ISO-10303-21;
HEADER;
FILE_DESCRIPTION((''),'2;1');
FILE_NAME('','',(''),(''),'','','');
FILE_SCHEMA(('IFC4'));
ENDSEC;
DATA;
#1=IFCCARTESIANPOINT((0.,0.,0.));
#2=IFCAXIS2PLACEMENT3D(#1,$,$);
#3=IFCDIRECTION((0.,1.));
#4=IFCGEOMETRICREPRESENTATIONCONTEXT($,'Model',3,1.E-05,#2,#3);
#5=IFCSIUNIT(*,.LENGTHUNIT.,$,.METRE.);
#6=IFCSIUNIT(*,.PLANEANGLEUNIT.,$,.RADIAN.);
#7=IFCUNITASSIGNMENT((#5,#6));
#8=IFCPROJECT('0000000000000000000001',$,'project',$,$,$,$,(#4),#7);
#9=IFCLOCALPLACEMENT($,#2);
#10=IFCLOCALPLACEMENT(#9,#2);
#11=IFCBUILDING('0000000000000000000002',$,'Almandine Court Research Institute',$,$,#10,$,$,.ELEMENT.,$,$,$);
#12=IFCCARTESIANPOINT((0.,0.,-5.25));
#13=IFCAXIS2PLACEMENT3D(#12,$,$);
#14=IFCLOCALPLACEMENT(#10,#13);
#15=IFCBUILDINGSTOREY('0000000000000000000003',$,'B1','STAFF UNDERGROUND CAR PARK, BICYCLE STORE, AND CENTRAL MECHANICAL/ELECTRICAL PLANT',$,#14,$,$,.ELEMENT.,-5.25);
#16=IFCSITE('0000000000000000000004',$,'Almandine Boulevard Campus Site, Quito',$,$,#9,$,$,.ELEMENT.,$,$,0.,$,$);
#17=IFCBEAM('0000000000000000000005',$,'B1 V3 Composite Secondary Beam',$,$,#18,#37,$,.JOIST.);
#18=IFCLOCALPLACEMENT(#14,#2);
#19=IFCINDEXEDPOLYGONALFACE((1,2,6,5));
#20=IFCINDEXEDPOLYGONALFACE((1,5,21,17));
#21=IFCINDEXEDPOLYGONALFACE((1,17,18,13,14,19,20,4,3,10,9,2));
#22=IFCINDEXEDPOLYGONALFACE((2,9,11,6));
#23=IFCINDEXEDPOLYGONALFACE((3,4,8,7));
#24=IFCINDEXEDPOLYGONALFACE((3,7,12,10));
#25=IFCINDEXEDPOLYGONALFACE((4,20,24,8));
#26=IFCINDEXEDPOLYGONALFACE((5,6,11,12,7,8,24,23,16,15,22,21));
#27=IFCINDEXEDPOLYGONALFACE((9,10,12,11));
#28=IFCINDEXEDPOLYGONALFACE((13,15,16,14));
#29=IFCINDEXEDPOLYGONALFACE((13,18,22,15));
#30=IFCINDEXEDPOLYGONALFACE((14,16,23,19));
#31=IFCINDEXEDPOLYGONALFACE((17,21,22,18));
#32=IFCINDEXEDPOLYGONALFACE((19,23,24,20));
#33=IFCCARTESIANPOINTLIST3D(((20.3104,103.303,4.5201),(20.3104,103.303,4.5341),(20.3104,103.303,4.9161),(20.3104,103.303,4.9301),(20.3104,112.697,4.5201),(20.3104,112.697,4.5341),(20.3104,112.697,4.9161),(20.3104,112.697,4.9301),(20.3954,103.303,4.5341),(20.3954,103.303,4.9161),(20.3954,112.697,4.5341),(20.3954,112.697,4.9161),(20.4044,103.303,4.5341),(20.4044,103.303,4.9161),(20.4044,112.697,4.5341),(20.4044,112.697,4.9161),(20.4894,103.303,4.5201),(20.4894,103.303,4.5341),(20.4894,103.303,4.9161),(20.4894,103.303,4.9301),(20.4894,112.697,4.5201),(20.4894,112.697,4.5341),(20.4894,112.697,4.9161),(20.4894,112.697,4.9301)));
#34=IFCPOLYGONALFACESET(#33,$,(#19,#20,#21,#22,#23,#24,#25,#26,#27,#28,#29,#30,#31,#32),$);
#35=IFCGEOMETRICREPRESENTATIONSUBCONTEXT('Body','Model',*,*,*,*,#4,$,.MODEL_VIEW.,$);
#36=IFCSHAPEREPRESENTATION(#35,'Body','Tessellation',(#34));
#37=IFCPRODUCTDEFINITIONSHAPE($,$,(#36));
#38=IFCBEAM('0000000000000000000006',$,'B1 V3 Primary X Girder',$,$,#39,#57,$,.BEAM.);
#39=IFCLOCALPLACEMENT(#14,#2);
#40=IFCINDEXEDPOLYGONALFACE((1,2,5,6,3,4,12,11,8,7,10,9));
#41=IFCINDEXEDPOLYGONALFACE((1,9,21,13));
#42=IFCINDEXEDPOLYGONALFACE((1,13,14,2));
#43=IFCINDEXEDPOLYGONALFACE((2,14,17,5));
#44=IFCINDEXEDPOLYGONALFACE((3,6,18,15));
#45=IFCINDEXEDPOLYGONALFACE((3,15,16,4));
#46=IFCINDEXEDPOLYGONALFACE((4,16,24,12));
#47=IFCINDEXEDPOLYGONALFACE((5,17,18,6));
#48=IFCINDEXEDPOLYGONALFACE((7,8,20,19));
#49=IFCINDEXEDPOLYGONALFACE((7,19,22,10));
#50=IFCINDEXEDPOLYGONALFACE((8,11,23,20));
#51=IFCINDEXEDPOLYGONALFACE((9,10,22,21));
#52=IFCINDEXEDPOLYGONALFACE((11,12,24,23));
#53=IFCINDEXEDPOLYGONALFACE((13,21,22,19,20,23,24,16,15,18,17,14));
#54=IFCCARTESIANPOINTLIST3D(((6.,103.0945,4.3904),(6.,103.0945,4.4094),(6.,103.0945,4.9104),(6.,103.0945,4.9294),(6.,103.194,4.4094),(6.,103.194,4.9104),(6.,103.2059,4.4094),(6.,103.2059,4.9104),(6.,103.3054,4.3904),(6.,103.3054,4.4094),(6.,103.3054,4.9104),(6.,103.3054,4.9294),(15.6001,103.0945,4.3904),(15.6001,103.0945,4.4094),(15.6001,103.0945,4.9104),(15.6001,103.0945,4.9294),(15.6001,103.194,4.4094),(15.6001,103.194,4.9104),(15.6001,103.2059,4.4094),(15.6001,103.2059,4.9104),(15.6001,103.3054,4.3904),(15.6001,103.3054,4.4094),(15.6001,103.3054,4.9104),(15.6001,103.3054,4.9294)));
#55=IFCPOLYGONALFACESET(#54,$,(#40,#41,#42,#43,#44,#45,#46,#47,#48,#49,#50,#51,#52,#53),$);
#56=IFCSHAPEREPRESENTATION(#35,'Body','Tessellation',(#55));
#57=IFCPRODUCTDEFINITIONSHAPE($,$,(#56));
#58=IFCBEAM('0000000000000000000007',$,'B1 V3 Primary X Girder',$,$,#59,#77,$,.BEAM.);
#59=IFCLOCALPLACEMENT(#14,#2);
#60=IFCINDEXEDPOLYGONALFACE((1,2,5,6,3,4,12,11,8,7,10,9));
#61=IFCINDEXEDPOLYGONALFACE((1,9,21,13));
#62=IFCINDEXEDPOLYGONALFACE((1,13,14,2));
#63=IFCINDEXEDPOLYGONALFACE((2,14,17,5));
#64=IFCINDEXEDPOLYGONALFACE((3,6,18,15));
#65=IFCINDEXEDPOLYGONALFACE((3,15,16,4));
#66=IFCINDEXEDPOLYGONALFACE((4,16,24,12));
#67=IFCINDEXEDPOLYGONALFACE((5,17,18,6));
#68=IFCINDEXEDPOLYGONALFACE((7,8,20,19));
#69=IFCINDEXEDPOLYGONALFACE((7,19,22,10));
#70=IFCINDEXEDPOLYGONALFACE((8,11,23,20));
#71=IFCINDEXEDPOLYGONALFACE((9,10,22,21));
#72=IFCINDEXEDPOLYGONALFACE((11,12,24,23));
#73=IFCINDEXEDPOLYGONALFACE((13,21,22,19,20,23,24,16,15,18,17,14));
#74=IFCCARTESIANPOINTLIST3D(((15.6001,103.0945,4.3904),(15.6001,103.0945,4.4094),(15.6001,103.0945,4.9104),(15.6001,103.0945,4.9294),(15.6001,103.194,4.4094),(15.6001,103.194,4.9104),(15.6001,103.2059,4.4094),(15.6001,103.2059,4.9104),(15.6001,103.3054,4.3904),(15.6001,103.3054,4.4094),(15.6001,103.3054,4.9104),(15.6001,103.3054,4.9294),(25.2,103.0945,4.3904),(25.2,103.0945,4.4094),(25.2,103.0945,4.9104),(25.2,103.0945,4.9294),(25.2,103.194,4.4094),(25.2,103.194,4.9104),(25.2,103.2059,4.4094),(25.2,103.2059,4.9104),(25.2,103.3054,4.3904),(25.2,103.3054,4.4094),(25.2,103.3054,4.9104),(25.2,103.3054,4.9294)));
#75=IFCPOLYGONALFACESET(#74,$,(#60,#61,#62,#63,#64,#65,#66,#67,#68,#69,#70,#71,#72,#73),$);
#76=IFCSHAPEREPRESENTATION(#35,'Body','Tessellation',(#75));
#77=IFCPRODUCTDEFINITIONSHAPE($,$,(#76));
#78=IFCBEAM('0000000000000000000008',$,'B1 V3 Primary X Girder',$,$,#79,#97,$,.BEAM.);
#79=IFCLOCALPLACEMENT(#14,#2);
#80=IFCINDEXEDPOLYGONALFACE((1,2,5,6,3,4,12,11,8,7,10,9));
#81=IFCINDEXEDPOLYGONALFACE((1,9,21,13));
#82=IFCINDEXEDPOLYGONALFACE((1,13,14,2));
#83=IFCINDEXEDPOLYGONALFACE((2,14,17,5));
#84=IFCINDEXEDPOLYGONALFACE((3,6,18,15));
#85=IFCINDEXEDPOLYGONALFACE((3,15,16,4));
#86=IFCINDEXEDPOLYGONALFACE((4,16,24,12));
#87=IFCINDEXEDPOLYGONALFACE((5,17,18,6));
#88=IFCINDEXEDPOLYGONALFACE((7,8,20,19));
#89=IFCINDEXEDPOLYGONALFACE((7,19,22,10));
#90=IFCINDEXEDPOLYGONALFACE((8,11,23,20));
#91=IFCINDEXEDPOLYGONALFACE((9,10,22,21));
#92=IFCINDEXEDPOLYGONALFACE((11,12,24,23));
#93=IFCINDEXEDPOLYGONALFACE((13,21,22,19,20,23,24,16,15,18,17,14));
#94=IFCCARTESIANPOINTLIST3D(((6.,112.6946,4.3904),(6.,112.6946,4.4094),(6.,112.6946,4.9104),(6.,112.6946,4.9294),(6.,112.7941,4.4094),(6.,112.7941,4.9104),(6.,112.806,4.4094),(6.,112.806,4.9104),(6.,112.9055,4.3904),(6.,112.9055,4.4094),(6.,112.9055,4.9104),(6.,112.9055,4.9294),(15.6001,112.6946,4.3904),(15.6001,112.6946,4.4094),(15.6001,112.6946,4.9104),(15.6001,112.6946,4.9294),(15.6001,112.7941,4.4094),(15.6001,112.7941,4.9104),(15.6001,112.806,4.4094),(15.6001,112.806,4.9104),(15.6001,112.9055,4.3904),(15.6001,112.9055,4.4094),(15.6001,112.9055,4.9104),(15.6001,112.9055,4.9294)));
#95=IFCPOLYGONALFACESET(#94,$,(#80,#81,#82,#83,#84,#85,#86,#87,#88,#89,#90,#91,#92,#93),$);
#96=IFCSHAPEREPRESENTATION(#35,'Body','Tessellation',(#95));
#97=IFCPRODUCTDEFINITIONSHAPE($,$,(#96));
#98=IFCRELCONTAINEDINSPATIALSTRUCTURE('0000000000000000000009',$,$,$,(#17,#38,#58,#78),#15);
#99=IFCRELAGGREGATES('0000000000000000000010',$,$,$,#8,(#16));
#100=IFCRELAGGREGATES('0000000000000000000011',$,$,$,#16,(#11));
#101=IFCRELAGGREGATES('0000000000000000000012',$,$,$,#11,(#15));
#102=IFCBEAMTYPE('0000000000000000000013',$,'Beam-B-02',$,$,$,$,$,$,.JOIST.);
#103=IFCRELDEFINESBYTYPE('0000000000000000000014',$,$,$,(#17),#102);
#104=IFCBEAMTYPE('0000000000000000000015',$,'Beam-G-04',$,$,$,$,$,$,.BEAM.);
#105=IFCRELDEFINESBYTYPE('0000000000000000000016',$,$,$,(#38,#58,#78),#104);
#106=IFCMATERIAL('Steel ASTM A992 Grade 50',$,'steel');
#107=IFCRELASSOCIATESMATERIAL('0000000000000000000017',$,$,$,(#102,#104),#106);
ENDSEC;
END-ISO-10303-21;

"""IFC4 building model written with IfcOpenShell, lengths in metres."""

from ifc_helpers import new_model, si_unit, direction, frame, origin, origin_2d, place, context, subcontext, project, spatial, i_section, extrude, material, material_profile, profile_set, type_object, element, save


model = new_model("IFC4")

# Units and contexts
model_context = context("Model", 3, precision=1e-05, world=origin(), true_north=direction((0.0, 1.0)))
body_context = subcontext(model_context, "Body", "Model", "MODEL_VIEW")
ifc_project = project(units=[si_unit("LENGTHUNIT", "METRE"), si_unit("PLANEANGLEUNIT", "RADIAN")], contexts=[model_context])

# Site, building, storey
site_placement = place(None, origin())
site = spatial("IfcSite", under=ifc_project, at=site_placement, Name="Almandine Boulevard Campus Site, Quito", CompositionType="ELEMENT", RefElevation=0.0)
building_placement = place(site_placement, origin())
building = spatial("IfcBuilding", under=site, at=building_placement, Name="Almandine Court Research Institute", CompositionType="ELEMENT")
storey_placement = place(building_placement, frame((0.0, 0.0, -5.25)))
storey = spatial("IfcBuildingStorey", under=building, at=storey_placement, Name="B1", Description="STAFF UNDERGROUND CAR PARK, BICYCLE STORE, AND CENTRAL MECHANICAL/ELECTRICAL PLANT", CompositionType="ELEMENT", Elevation=-5.25)

# Beams
ifc_material_1 = material(Name="Steel ASTM A992 Grade 50", Category="steel")
ifc_material_profile_1 = material_profile(ifc_material_1, i_section(OverallWidth=0.179, OverallDepth=0.4099, WebThickness=0.009, FlangeThickness=0.0139, at=origin_2d()), Name="W410x67")
ifc_profile_set_1 = profile_set([ifc_material_profile_1], Name="Steel ASTM A992 Grade 50")
beam_type_1 = type_object("IfcBeamType", Name="Beam-B-02", PredefinedType="JOIST", material=ifc_profile_set_1)
for number, where, z_axis, x_axis, name in (
    (1, (20.3999, 103.303, 4.7251), (0.0, 1.0, 0.0), (-1.0, 0.0, 0.0), "B1 V3 Composite Secondary Beam"),
):
    element("IfcBeam", number, at=place(storey_placement, frame(where, z_axis=z_axis, x_axis=x_axis)), inside=storey, type_object=beam_type_1, Name=name, PredefinedType="JOIST", context=body_context, shape_type="SweptSolid", body=[
        extrude(i_section(OverallWidth=0.179, OverallDepth=0.4099, WebThickness=0.009, FlangeThickness=0.0139, at=origin_2d()), origin(), (0.0, 0.0, 1.0), 9.394),
    ])
ifc_material_profile_2 = material_profile(ifc_material_1, i_section(OverallWidth=0.2109, OverallDepth=0.5391, WebThickness=0.012, FlangeThickness=0.019, at=origin_2d()), Name="W530x109")
ifc_profile_set_2 = profile_set([ifc_material_profile_2], Name="Steel ASTM A992 Grade 50")
beam_type_2 = type_object("IfcBeamType", Name="Beam-G-04", PredefinedType="BEAM", material=ifc_profile_set_2)
beam_1_placement = place(storey_placement, frame((6.0, 103.2, 4.6599), z_axis=(1.0, 0.0, 0.0), x_axis=(0.0, 1.0, 0.0)))
element("IfcBeam", 2, at=beam_1_placement, inside=storey, type_object=beam_type_2, Name="B1 V3 Primary X Girder", PredefinedType="BEAM", context=body_context, shape_type="SweptSolid", body=[
    extrude(i_section(OverallWidth=0.2109, OverallDepth=0.5391, WebThickness=0.012, FlangeThickness=0.019, at=origin_2d()), origin(), (0.0, 0.0, 1.0), 9.6001),
])
beam_2_placement = place(storey_placement, frame((15.6001, 103.2, 4.6599), z_axis=(1.0, 0.0, 0.0), x_axis=(0.0, 1.0, 0.0)))
element("IfcBeam", 3, at=beam_2_placement, inside=storey, type_object=beam_type_2, Name="B1 V3 Primary X Girder", PredefinedType="BEAM", context=body_context, shape_type="SweptSolid", body=[
    extrude(i_section(OverallWidth=0.2109, OverallDepth=0.5391, WebThickness=0.012, FlangeThickness=0.019, at=origin_2d()), origin(), (0.0, 0.0, 1.0), 9.5999),
])
beam_3_placement = place(storey_placement, frame((6.0, 112.8, 4.6599), z_axis=(1.0, 0.0, 0.0), x_axis=(0.0, 1.0, 0.0)))
element("IfcBeam", 4, at=beam_3_placement, inside=storey, type_object=beam_type_2, Name="B1 V3 Primary X Girder", PredefinedType="BEAM", context=body_context, shape_type="SweptSolid", body=[
    extrude(i_section(OverallWidth=0.2109, OverallDepth=0.5391, WebThickness=0.012, FlangeThickness=0.019, at=origin_2d()), origin(), (0.0, 0.0, 1.0), 9.6001),
])

save(model, "model.ifc")
